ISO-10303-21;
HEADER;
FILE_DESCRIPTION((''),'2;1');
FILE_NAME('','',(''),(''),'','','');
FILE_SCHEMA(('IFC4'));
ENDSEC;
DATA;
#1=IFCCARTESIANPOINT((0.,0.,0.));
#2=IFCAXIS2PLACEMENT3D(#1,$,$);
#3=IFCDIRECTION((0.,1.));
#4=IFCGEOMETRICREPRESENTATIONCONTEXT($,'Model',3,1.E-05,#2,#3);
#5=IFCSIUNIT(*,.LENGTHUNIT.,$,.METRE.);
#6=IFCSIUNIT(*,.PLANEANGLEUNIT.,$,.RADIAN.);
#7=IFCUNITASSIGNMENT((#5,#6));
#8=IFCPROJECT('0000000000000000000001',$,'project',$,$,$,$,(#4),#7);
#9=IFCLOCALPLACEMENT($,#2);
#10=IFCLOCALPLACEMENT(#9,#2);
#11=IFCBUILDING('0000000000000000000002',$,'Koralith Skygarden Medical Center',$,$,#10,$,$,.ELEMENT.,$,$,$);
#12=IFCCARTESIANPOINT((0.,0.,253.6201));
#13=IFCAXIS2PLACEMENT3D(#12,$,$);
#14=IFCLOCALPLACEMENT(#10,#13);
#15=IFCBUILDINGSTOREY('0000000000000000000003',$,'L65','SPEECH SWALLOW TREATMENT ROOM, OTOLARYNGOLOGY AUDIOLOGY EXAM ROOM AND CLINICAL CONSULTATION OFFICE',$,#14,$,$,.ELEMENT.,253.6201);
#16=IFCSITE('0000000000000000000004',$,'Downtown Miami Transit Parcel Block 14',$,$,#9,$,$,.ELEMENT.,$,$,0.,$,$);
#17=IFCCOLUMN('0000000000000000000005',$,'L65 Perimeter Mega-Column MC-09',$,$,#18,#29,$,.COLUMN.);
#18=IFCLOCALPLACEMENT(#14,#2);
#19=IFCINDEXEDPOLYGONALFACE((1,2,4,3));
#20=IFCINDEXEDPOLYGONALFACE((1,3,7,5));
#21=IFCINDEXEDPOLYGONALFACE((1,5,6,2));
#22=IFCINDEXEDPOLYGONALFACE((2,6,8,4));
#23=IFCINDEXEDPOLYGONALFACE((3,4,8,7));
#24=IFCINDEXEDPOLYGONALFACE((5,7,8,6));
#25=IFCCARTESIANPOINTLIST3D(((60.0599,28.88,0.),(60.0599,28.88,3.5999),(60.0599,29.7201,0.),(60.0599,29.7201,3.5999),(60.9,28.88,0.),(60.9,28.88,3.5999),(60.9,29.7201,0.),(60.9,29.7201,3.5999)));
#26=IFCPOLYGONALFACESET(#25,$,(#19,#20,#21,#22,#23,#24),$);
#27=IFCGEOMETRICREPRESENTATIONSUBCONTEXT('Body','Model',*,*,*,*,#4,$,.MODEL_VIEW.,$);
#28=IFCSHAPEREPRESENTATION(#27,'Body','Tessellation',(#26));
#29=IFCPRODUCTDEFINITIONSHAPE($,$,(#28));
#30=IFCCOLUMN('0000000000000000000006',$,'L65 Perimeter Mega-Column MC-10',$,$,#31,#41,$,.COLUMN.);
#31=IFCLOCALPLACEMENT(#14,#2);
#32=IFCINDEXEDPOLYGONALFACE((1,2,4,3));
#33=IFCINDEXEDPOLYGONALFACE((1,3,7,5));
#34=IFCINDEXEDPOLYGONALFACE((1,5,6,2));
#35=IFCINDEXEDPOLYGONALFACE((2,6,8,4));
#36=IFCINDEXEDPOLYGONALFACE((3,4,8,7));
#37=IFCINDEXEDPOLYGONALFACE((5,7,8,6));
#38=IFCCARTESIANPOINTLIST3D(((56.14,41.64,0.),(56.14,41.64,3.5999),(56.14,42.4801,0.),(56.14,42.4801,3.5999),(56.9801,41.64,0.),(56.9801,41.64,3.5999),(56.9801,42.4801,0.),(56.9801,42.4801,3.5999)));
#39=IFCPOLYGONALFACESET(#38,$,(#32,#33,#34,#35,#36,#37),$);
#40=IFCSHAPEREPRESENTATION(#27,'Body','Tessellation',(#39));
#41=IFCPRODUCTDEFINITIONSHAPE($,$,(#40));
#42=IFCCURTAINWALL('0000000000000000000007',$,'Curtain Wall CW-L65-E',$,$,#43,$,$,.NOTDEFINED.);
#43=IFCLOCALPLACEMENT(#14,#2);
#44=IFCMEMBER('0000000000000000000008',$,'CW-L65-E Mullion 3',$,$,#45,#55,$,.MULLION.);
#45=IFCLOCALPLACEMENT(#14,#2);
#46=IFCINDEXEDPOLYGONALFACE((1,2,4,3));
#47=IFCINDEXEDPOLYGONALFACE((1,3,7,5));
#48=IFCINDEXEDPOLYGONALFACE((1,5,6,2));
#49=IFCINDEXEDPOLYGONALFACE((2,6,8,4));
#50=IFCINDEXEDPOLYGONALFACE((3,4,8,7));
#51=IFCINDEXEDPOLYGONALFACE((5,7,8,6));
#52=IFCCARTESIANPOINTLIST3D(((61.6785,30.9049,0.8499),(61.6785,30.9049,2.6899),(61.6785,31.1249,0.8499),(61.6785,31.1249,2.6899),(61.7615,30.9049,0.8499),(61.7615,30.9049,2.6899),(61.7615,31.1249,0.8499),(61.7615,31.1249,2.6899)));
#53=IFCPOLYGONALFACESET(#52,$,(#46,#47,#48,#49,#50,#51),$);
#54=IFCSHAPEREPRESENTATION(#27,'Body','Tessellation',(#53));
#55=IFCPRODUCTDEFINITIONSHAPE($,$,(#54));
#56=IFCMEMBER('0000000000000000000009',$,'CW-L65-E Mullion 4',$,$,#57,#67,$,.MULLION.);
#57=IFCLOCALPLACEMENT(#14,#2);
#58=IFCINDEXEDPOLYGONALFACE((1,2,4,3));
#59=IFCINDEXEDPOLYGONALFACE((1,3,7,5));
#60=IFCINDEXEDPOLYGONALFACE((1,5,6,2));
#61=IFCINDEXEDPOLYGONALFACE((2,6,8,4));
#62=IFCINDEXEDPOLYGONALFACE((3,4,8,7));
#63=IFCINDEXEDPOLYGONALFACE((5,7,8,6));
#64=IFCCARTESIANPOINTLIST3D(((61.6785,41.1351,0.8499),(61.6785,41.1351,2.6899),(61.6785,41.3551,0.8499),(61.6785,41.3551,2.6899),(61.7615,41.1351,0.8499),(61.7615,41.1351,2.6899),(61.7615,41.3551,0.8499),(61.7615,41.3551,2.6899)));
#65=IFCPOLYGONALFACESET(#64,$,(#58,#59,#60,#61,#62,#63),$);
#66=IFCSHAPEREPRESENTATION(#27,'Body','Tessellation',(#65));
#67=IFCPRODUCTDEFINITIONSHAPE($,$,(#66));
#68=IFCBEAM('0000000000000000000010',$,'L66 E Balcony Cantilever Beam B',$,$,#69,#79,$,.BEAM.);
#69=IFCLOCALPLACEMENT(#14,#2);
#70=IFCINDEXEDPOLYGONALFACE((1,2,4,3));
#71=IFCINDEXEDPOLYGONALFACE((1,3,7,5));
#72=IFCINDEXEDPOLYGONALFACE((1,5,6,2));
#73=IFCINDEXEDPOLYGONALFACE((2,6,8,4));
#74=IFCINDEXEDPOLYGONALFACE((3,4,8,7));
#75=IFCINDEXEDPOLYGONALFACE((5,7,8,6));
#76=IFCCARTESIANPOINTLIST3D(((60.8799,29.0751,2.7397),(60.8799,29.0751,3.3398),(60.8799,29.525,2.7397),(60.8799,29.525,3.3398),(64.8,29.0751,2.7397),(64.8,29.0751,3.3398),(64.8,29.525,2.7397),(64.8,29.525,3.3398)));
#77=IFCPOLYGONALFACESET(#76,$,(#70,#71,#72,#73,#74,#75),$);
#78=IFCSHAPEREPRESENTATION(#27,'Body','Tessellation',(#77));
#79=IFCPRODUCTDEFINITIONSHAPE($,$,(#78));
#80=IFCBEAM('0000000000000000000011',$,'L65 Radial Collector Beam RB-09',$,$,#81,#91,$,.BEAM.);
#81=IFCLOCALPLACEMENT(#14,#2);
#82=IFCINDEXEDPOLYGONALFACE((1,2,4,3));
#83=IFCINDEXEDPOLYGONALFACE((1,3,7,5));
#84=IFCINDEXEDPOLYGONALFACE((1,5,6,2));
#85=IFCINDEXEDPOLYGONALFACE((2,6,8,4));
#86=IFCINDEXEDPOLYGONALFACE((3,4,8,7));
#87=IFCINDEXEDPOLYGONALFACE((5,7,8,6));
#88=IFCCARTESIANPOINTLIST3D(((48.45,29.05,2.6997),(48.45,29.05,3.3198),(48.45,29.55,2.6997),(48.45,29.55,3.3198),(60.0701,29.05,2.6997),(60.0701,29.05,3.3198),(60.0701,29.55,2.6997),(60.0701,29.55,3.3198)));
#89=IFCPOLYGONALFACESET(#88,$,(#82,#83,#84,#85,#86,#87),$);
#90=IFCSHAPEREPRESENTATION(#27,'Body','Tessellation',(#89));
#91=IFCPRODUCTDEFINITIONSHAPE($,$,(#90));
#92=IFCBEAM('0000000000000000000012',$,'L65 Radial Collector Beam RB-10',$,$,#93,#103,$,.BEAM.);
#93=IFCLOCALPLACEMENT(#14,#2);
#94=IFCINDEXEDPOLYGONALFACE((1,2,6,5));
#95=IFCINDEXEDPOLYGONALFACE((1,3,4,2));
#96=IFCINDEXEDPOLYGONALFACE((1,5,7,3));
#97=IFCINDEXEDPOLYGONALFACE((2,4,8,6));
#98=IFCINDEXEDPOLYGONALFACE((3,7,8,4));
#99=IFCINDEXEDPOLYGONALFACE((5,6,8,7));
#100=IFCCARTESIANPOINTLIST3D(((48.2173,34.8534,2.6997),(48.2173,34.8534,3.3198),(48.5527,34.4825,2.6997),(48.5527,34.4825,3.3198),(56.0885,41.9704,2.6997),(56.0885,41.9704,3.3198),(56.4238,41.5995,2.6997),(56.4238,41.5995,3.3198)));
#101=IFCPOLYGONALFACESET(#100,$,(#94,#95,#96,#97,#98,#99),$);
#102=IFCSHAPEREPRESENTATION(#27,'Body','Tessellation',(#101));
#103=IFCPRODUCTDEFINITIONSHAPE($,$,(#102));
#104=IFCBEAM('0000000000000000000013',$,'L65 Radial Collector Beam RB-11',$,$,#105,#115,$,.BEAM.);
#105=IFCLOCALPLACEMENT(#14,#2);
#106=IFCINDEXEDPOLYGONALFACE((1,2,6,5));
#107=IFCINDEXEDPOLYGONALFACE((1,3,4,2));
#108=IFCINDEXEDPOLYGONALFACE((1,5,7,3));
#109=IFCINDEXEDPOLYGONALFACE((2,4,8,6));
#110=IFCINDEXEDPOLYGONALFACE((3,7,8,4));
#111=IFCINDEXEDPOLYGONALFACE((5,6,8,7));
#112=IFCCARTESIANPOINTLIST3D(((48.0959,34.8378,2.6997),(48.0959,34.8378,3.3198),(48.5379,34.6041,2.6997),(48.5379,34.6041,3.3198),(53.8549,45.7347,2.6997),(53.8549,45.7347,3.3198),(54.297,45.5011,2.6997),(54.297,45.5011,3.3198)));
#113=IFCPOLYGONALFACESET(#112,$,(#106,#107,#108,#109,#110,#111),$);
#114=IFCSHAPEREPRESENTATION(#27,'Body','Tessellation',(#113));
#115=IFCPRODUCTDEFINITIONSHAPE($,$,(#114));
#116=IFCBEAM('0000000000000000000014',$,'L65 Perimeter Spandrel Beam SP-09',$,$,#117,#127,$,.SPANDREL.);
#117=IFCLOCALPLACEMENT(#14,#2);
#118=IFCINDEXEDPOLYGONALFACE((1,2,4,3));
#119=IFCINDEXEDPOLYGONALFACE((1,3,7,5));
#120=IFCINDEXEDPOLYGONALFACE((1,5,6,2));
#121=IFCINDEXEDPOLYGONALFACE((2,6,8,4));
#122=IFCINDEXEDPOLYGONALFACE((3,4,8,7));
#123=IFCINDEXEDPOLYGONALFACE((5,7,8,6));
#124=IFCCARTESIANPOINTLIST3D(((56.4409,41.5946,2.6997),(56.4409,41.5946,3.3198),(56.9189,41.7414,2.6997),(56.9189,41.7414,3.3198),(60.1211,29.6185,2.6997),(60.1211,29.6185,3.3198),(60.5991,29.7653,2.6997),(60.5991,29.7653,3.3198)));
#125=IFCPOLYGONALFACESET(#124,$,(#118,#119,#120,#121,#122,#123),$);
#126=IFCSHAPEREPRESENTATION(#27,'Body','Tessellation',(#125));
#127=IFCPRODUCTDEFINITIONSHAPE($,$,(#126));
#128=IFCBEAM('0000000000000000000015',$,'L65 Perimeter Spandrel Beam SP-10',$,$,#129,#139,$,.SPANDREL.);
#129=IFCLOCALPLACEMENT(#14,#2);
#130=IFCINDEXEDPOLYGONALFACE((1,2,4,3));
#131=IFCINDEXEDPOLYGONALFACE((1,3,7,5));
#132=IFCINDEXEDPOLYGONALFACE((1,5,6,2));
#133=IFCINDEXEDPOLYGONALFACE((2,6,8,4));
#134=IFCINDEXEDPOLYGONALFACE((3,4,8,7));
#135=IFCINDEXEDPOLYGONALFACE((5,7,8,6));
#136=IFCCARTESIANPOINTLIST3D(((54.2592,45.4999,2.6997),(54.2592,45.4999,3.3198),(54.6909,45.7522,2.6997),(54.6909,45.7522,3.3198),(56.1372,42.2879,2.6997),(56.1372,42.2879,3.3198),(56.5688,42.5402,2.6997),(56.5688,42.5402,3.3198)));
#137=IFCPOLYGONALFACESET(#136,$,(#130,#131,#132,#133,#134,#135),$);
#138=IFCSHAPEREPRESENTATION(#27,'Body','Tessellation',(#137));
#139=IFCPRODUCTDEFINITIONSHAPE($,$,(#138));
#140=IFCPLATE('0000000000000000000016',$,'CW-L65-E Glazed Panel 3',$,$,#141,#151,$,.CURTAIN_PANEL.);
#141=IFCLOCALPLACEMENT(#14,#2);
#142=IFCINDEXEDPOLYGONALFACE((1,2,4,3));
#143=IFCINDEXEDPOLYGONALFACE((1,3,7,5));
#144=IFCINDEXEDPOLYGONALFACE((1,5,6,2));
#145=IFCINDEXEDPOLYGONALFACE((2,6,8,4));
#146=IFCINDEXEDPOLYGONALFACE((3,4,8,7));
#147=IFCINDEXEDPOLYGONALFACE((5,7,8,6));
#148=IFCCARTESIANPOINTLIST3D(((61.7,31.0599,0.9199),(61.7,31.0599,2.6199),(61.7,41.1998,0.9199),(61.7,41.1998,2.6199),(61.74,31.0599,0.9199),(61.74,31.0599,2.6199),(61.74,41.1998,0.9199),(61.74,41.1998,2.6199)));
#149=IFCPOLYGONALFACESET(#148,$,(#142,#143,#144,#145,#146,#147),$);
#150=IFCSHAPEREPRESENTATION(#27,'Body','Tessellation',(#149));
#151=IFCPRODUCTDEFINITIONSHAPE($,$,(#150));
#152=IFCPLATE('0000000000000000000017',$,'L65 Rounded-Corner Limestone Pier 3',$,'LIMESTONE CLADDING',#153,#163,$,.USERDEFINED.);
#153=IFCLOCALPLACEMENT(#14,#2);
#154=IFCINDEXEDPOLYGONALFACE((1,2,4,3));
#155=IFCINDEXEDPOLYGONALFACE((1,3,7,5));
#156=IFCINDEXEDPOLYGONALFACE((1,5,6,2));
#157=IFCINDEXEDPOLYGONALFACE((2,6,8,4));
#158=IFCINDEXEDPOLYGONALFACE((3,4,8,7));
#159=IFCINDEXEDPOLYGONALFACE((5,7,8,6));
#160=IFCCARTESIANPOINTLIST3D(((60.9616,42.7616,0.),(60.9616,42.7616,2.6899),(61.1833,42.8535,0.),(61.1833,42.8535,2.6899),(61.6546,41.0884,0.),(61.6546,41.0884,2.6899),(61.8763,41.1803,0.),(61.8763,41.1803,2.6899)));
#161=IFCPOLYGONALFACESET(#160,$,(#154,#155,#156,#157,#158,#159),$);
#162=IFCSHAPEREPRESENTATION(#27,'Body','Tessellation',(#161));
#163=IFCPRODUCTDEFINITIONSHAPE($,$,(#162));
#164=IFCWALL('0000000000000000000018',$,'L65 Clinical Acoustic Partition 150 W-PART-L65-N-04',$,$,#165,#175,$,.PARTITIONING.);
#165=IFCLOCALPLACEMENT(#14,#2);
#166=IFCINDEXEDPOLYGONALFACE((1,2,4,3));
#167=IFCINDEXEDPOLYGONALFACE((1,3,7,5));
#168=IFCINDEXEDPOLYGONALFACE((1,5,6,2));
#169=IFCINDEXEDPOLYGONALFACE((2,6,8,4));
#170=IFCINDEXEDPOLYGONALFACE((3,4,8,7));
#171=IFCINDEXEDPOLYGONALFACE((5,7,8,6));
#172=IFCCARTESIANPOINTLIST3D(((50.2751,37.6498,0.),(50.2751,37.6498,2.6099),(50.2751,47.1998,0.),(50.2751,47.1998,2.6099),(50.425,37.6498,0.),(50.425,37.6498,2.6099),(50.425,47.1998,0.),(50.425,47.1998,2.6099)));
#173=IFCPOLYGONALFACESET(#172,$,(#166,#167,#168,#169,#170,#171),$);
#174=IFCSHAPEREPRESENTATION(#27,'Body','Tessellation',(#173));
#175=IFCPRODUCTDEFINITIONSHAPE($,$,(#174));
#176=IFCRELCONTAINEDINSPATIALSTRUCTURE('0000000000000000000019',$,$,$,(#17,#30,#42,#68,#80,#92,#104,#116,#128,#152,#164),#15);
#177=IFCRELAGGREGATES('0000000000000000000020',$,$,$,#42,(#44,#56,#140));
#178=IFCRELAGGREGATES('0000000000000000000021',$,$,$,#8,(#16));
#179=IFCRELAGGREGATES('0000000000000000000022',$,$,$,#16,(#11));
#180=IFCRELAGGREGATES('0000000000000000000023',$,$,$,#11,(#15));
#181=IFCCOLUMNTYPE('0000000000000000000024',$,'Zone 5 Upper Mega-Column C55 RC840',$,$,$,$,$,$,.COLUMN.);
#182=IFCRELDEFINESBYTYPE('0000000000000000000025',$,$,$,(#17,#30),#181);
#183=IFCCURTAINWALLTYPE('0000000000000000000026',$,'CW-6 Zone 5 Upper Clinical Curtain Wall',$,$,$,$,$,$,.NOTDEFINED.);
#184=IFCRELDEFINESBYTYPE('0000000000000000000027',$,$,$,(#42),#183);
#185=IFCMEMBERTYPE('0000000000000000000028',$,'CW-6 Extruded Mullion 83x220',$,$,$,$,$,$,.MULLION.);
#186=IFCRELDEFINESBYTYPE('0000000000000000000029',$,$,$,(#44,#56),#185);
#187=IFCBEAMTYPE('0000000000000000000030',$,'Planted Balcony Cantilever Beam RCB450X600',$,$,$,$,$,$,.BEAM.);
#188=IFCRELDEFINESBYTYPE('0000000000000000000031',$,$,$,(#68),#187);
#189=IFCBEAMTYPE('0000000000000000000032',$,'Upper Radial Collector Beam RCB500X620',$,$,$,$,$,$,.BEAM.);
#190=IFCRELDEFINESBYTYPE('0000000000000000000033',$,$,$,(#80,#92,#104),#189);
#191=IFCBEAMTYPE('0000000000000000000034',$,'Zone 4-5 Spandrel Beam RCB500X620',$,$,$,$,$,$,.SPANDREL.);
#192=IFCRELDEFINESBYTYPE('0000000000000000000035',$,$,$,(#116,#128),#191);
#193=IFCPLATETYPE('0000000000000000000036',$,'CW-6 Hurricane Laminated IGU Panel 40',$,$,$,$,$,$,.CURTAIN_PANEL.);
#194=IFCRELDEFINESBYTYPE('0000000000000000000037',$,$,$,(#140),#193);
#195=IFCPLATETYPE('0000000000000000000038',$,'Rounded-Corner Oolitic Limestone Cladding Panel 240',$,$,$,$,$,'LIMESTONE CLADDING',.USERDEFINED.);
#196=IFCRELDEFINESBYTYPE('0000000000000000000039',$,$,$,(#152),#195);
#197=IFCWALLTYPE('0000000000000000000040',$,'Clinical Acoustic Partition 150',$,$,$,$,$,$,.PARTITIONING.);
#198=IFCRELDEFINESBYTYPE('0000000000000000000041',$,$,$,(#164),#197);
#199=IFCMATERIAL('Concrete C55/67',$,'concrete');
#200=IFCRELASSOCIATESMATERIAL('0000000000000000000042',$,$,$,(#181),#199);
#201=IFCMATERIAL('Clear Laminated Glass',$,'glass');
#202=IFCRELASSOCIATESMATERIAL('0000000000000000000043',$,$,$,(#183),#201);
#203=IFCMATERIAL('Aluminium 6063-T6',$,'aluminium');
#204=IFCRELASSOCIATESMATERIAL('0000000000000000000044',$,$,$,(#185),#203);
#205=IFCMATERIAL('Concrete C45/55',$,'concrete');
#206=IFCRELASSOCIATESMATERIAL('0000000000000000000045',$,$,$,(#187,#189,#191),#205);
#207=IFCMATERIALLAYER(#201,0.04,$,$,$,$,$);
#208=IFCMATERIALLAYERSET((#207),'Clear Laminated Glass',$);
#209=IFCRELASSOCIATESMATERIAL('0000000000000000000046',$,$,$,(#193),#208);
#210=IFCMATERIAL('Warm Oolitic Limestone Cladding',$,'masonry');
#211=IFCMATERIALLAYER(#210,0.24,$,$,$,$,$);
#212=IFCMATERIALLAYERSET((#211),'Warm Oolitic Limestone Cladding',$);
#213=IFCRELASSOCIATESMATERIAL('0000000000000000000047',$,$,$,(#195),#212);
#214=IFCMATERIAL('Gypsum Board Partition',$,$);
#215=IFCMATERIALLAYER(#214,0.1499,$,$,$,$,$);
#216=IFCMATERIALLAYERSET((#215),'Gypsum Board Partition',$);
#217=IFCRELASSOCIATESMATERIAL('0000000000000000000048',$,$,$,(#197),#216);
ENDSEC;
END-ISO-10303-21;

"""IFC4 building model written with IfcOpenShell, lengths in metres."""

from ifc_helpers import new_model, si_unit, direction, frame, frame_2d, origin, origin_2d, place, context, subcontext, project, spatial, rectangle, extrude, material, layer, layer_set, material_profile, profile_set, type_object, element, aggregate, save


model = new_model("IFC4")

# Units and contexts
model_context = context("Model", 3, precision=1e-05, world=origin(), true_north=direction((0.0, 1.0)))
body_context = subcontext(model_context, "Body", "Model", "MODEL_VIEW")
ifc_project = project(units=[si_unit("LENGTHUNIT", "METRE"), si_unit("PLANEANGLEUNIT", "RADIAN")], contexts=[model_context])

# Site, building, storey
site_placement = place(None, origin())
site = spatial("IfcSite", under=ifc_project, at=site_placement, Name="Downtown Miami Transit Parcel Block 14", CompositionType="ELEMENT", RefElevation=0.0)
building_placement = place(site_placement, origin())
building = spatial("IfcBuilding", under=site, at=building_placement, Name="Koralith Skygarden Medical Center", CompositionType="ELEMENT")
storey_placement = place(building_placement, frame((0.0, 0.0, 253.6201)))
storey = spatial("IfcBuildingStorey", under=building, at=storey_placement, Name="L65", Description="SPEECH SWALLOW TREATMENT ROOM, OTOLARYNGOLOGY AUDIOLOGY EXAM ROOM AND CLINICAL CONSULTATION OFFICE", CompositionType="ELEMENT", Elevation=253.6201)

# Columns
ifc_material_1 = material(Name="Concrete C55/67", Category="concrete")
ifc_material_profile_1 = material_profile(ifc_material_1, rectangle(XDim=0.8401, YDim=0.8401, at=origin_2d()), Name="RC840X840")
ifc_profile_set_1 = profile_set([ifc_material_profile_1], Name="Concrete C55/67")
column_type = type_object("IfcColumnType", Name="Zone 5 Upper Mega-Column C55 RC840", PredefinedType="COLUMN", material=ifc_profile_set_1)
for number, where, z_axis, x_axis, name in (
    (1, (60.48, 29.3, 0.0), (0.0, 0.0, 1.0), (1.0, 0.0, 0.0), "L65 Perimeter Mega-Column MC-09"),
    (2, (56.5601, 42.0601, 0.0), (0.0, 0.0, 1.0), (1.0, 0.0, 0.0), "L65 Perimeter Mega-Column MC-10"),
):
    element("IfcColumn", number, at=place(storey_placement, frame(where, z_axis=z_axis, x_axis=x_axis)), inside=storey, type_object=column_type, Name=name, PredefinedType="COLUMN", context=body_context, shape_type="SweptSolid", body=[
        extrude(rectangle(XDim=0.8401, YDim=0.8401, at=origin_2d()), origin(), (0.0, 0.0, 1.0), 3.5999),
    ])

# Curtain wall, members
ifc_material_2 = material(Name="Clear Laminated Glass", Category="glass")
curtain_wall_type = type_object("IfcCurtainWallType", Name="CW-6 Zone 5 Upper Clinical Curtain Wall", PredefinedType="NOTDEFINED", material=ifc_material_2)
curtain_wall_placement = place(storey_placement, origin())
curtain_wall = element("IfcCurtainWall", 3, at=curtain_wall_placement, inside=storey, type_object=curtain_wall_type, Name="Curtain Wall CW-L65-E", PredefinedType="NOTDEFINED")
ifc_material_3 = material(Name="Aluminium 6063-T6", Category="aluminium")
ifc_material_profile_2 = material_profile(ifc_material_3, rectangle(XDim=0.083, YDim=0.22, at=origin_2d()), Name="MUL83X220")
ifc_profile_set_2 = profile_set([ifc_material_profile_2], Name="Aluminium 6063-T6")
member_type = type_object("IfcMemberType", Name="CW-6 Extruded Mullion 83x220", PredefinedType="MULLION", material=ifc_profile_set_2)
member_1_placement = place(storey_placement, frame((61.72, 31.0149, 0.8499), z_axis=(0.0, 0.0, 1.0), x_axis=(1.0, 0.0, 0.0)))
member_1 = element("IfcMember", 4, at=member_1_placement, type_object=member_type, Name="CW-L65-E Mullion 3", PredefinedType="MULLION", context=body_context, shape_type="SweptSolid", body=[
    extrude(rectangle(XDim=0.083, YDim=0.22, at=origin_2d()), origin(), (0.0, 0.0, 1.0), 1.8401),
])
member_2_placement = place(storey_placement, frame((61.72, 41.2451, 0.8499), z_axis=(0.0, 0.0, 1.0), x_axis=(1.0, 0.0, 0.0)))
member_2 = element("IfcMember", 5, at=member_2_placement, type_object=member_type, Name="CW-L65-E Mullion 4", PredefinedType="MULLION", context=body_context, shape_type="SweptSolid", body=[
    extrude(rectangle(XDim=0.083, YDim=0.22, at=origin_2d()), origin(), (0.0, 0.0, 1.0), 1.8401),
])

# Beams
ifc_material_4 = material(Name="Concrete C45/55", Category="concrete")
ifc_material_profile_3 = material_profile(ifc_material_4, rectangle(XDim=0.45, YDim=0.6001, at=origin_2d()), Name="RCB450X600")
ifc_profile_set_3 = profile_set([ifc_material_profile_3], Name="Concrete C45/55")
beam_type_1 = type_object("IfcBeamType", Name="Planted Balcony Cantilever Beam RCB450X600", PredefinedType="BEAM", material=ifc_profile_set_3)
beam_1_placement = place(storey_placement, frame((60.8799, 29.3, 3.0398), z_axis=(1.0, 0.0, 0.0), x_axis=(0.0, 1.0, 0.0)))
element("IfcBeam", 6, at=beam_1_placement, inside=storey, type_object=beam_type_1, Name="L66 E Balcony Cantilever Beam B", PredefinedType="BEAM", context=body_context, shape_type="SweptSolid", body=[
    extrude(rectangle(XDim=0.45, YDim=0.6001, at=origin_2d()), origin(), (0.0, 0.0, 1.0), 3.9202),
])
ifc_material_profile_4 = material_profile(ifc_material_4, rectangle(XDim=0.5, YDim=0.6201, at=origin_2d()), Name="RCB500X620")
ifc_profile_set_4 = profile_set([ifc_material_profile_4], Name="Concrete C45/55")
beam_type_2 = type_object("IfcBeamType", Name="Upper Radial Collector Beam RCB500X620", PredefinedType="BEAM", material=ifc_profile_set_4)
beam_2_placement = place(storey_placement, frame((48.45, 29.3, 3.0098), z_axis=(1.0, 0.0, 0.0), x_axis=(0.0, 1.0, 0.0)))
element("IfcBeam", 7, at=beam_2_placement, inside=storey, type_object=beam_type_2, Name="L65 Radial Collector Beam RB-09", PredefinedType="BEAM", context=body_context, shape_type="SweptSolid", body=[
    extrude(rectangle(XDim=0.5, YDim=0.6201, at=origin_2d()), origin(), (0.0, 0.0, 1.0), 11.6201),
])
beam_3_placement = place(storey_placement, frame((48.385, 34.668, 3.0098), z_axis=(0.741748, 0.670679, 0.0), x_axis=(-0.670679, 0.741748, 0.0)))
element("IfcBeam", 8, at=beam_3_placement, inside=storey, type_object=beam_type_2, Name="L65 Radial Collector Beam RB-10", PredefinedType="BEAM", context=body_context, shape_type="SweptSolid", body=[
    extrude(rectangle(XDim=0.5, YDim=0.6201, at=origin_2d()), origin(), (0.0, 0.0, 1.0), 10.6116),
])
beam_4_placement = place(storey_placement, frame((48.3169, 34.7209, 3.0098), z_axis=(0.467257, 0.884122, 0.0), x_axis=(-0.884122, 0.467257, 0.0)))
element("IfcBeam", 9, at=beam_4_placement, inside=storey, type_object=beam_type_2, Name="L65 Radial Collector Beam RB-11", PredefinedType="BEAM", context=body_context, shape_type="SweptSolid", body=[
    extrude(rectangle(XDim=0.5, YDim=0.6201, at=origin_2d()), origin(), (0.0, 0.0, 1.0), 12.3252),
])
ifc_material_profile_5 = material_profile(ifc_material_4, rectangle(XDim=0.5, YDim=0.6201, at=origin_2d()), Name="RCB500X620")
ifc_profile_set_5 = profile_set([ifc_material_profile_5], Name="Concrete C45/55")
beam_type_3 = type_object("IfcBeamType", Name="Zone 4-5 Spandrel Beam RCB500X620", PredefinedType="SPANDREL", material=ifc_profile_set_5)
beam_5_placement = place(storey_placement, frame((60.3601, 29.6919, 3.0098), z_axis=(-0.293738, 0.955886, 0.0), x_axis=(-0.955886, -0.293738, 0.0)))
element("IfcBeam", 10, at=beam_5_placement, inside=storey, type_object=beam_type_3, Name="L65 Perimeter Spandrel Beam SP-09", PredefinedType="SPANDREL", context=body_context, shape_type="SweptSolid", body=[
    extrude(rectangle(XDim=0.5, YDim=0.6201, at=origin_2d()), origin(), (0.0, 0.0, 1.0), 12.5288),
])
beam_6_placement = place(storey_placement, frame((56.353, 42.4141, 3.0098), z_axis=(-0.504736, 0.863274, 0.0), x_axis=(-0.863274, -0.504736, 0.0)))
element("IfcBeam", 11, at=beam_6_placement, inside=storey, type_object=beam_type_3, Name="L65 Perimeter Spandrel Beam SP-10", PredefinedType="SPANDREL", context=body_context, shape_type="SweptSolid", body=[
    extrude(rectangle(XDim=0.5, YDim=0.6201, at=origin_2d()), origin(), (0.0, 0.0, 1.0), 3.7207),
])

# Plates
ifc_layer_1 = layer(ifc_material_2, 0.04)
ifc_layer_set_1 = layer_set([ifc_layer_1], Name="Clear Laminated Glass")
plate_type_1 = type_object("IfcPlateType", Name="CW-6 Hurricane Laminated IGU Panel 40", PredefinedType="CURTAIN_PANEL", material=ifc_layer_set_1)
plate_1_placement = place(storey_placement, frame((61.72, 36.1299, 0.9199), z_axis=(0.0, 0.0, 1.0), x_axis=(0.0, 1.0, 0.0)))
plate_1 = element("IfcPlate", 12, at=plate_1_placement, type_object=plate_type_1, Name="CW-L65-E Glazed Panel 3", PredefinedType="CURTAIN_PANEL", context=body_context, shape_type="SweptSolid", body=[
    extrude(rectangle(XDim=10.1399, YDim=0.04, at=origin_2d()), origin(), (0.0, 0.0, 1.0), 1.7),
])
aggregate(curtain_wall, [member_1, member_2, plate_1])
ifc_material_5 = material(Name="Warm Oolitic Limestone Cladding", Category="masonry")
ifc_layer_2 = layer(ifc_material_5, 0.24)
ifc_layer_set_2 = layer_set([ifc_layer_2], Name="Warm Oolitic Limestone Cladding")
plate_type_2 = type_object("IfcPlateType", Name="Rounded-Corner Oolitic Limestone Cladding Panel 240", ElementType="LIMESTONE CLADDING", PredefinedType="USERDEFINED", material=ifc_layer_set_2)
plate_2_placement = place(storey_placement, frame((61.4189, 41.9709, 0.0), z_axis=(0.0, 0.0, 1.0), x_axis=(-0.382671, 0.923885, 0.0)))
element("IfcPlate", 13, at=plate_2_placement, inside=storey, type_object=plate_type_2, Name="L65 Rounded-Corner Limestone Pier 3", ObjectType="LIMESTONE CLADDING", PredefinedType="USERDEFINED", context=body_context, shape_type="SweptSolid", body=[
    extrude(rectangle(XDim=1.811, YDim=0.24, at=origin_2d()), origin(), (0.0, 0.0, 1.0), 2.6899),
])

# Wall
ifc_material_6 = material(Name="Gypsum Board Partition")
ifc_layer_3 = layer(ifc_material_6, 0.1499)
ifc_layer_set_3 = layer_set([ifc_layer_3], Name="Gypsum Board Partition")
wall_type_1 = type_object("IfcWallType", Name="Clinical Acoustic Partition 150", PredefinedType="PARTITIONING", material=ifc_layer_set_3)
wall_1_placement = place(storey_placement, frame((50.3501, 37.6499, 0.0), z_axis=(0.0, 0.0, 1.0), x_axis=(0.0, 1.0, 0.0)))
element("IfcWall", 14, at=wall_1_placement, inside=storey, type_object=wall_type_1, Name="L65 Clinical Acoustic Partition 150 W-PART-L65-N-04", PredefinedType="PARTITIONING", context=body_context, shape_type="SweptSolid", body=[
    extrude(rectangle(XDim=9.55, YDim=0.1499, at=frame_2d((4.7749, 0.0))), origin(), (0.0, 0.0, 1.0), 2.6099),
])

save(model, "model.ifc")
